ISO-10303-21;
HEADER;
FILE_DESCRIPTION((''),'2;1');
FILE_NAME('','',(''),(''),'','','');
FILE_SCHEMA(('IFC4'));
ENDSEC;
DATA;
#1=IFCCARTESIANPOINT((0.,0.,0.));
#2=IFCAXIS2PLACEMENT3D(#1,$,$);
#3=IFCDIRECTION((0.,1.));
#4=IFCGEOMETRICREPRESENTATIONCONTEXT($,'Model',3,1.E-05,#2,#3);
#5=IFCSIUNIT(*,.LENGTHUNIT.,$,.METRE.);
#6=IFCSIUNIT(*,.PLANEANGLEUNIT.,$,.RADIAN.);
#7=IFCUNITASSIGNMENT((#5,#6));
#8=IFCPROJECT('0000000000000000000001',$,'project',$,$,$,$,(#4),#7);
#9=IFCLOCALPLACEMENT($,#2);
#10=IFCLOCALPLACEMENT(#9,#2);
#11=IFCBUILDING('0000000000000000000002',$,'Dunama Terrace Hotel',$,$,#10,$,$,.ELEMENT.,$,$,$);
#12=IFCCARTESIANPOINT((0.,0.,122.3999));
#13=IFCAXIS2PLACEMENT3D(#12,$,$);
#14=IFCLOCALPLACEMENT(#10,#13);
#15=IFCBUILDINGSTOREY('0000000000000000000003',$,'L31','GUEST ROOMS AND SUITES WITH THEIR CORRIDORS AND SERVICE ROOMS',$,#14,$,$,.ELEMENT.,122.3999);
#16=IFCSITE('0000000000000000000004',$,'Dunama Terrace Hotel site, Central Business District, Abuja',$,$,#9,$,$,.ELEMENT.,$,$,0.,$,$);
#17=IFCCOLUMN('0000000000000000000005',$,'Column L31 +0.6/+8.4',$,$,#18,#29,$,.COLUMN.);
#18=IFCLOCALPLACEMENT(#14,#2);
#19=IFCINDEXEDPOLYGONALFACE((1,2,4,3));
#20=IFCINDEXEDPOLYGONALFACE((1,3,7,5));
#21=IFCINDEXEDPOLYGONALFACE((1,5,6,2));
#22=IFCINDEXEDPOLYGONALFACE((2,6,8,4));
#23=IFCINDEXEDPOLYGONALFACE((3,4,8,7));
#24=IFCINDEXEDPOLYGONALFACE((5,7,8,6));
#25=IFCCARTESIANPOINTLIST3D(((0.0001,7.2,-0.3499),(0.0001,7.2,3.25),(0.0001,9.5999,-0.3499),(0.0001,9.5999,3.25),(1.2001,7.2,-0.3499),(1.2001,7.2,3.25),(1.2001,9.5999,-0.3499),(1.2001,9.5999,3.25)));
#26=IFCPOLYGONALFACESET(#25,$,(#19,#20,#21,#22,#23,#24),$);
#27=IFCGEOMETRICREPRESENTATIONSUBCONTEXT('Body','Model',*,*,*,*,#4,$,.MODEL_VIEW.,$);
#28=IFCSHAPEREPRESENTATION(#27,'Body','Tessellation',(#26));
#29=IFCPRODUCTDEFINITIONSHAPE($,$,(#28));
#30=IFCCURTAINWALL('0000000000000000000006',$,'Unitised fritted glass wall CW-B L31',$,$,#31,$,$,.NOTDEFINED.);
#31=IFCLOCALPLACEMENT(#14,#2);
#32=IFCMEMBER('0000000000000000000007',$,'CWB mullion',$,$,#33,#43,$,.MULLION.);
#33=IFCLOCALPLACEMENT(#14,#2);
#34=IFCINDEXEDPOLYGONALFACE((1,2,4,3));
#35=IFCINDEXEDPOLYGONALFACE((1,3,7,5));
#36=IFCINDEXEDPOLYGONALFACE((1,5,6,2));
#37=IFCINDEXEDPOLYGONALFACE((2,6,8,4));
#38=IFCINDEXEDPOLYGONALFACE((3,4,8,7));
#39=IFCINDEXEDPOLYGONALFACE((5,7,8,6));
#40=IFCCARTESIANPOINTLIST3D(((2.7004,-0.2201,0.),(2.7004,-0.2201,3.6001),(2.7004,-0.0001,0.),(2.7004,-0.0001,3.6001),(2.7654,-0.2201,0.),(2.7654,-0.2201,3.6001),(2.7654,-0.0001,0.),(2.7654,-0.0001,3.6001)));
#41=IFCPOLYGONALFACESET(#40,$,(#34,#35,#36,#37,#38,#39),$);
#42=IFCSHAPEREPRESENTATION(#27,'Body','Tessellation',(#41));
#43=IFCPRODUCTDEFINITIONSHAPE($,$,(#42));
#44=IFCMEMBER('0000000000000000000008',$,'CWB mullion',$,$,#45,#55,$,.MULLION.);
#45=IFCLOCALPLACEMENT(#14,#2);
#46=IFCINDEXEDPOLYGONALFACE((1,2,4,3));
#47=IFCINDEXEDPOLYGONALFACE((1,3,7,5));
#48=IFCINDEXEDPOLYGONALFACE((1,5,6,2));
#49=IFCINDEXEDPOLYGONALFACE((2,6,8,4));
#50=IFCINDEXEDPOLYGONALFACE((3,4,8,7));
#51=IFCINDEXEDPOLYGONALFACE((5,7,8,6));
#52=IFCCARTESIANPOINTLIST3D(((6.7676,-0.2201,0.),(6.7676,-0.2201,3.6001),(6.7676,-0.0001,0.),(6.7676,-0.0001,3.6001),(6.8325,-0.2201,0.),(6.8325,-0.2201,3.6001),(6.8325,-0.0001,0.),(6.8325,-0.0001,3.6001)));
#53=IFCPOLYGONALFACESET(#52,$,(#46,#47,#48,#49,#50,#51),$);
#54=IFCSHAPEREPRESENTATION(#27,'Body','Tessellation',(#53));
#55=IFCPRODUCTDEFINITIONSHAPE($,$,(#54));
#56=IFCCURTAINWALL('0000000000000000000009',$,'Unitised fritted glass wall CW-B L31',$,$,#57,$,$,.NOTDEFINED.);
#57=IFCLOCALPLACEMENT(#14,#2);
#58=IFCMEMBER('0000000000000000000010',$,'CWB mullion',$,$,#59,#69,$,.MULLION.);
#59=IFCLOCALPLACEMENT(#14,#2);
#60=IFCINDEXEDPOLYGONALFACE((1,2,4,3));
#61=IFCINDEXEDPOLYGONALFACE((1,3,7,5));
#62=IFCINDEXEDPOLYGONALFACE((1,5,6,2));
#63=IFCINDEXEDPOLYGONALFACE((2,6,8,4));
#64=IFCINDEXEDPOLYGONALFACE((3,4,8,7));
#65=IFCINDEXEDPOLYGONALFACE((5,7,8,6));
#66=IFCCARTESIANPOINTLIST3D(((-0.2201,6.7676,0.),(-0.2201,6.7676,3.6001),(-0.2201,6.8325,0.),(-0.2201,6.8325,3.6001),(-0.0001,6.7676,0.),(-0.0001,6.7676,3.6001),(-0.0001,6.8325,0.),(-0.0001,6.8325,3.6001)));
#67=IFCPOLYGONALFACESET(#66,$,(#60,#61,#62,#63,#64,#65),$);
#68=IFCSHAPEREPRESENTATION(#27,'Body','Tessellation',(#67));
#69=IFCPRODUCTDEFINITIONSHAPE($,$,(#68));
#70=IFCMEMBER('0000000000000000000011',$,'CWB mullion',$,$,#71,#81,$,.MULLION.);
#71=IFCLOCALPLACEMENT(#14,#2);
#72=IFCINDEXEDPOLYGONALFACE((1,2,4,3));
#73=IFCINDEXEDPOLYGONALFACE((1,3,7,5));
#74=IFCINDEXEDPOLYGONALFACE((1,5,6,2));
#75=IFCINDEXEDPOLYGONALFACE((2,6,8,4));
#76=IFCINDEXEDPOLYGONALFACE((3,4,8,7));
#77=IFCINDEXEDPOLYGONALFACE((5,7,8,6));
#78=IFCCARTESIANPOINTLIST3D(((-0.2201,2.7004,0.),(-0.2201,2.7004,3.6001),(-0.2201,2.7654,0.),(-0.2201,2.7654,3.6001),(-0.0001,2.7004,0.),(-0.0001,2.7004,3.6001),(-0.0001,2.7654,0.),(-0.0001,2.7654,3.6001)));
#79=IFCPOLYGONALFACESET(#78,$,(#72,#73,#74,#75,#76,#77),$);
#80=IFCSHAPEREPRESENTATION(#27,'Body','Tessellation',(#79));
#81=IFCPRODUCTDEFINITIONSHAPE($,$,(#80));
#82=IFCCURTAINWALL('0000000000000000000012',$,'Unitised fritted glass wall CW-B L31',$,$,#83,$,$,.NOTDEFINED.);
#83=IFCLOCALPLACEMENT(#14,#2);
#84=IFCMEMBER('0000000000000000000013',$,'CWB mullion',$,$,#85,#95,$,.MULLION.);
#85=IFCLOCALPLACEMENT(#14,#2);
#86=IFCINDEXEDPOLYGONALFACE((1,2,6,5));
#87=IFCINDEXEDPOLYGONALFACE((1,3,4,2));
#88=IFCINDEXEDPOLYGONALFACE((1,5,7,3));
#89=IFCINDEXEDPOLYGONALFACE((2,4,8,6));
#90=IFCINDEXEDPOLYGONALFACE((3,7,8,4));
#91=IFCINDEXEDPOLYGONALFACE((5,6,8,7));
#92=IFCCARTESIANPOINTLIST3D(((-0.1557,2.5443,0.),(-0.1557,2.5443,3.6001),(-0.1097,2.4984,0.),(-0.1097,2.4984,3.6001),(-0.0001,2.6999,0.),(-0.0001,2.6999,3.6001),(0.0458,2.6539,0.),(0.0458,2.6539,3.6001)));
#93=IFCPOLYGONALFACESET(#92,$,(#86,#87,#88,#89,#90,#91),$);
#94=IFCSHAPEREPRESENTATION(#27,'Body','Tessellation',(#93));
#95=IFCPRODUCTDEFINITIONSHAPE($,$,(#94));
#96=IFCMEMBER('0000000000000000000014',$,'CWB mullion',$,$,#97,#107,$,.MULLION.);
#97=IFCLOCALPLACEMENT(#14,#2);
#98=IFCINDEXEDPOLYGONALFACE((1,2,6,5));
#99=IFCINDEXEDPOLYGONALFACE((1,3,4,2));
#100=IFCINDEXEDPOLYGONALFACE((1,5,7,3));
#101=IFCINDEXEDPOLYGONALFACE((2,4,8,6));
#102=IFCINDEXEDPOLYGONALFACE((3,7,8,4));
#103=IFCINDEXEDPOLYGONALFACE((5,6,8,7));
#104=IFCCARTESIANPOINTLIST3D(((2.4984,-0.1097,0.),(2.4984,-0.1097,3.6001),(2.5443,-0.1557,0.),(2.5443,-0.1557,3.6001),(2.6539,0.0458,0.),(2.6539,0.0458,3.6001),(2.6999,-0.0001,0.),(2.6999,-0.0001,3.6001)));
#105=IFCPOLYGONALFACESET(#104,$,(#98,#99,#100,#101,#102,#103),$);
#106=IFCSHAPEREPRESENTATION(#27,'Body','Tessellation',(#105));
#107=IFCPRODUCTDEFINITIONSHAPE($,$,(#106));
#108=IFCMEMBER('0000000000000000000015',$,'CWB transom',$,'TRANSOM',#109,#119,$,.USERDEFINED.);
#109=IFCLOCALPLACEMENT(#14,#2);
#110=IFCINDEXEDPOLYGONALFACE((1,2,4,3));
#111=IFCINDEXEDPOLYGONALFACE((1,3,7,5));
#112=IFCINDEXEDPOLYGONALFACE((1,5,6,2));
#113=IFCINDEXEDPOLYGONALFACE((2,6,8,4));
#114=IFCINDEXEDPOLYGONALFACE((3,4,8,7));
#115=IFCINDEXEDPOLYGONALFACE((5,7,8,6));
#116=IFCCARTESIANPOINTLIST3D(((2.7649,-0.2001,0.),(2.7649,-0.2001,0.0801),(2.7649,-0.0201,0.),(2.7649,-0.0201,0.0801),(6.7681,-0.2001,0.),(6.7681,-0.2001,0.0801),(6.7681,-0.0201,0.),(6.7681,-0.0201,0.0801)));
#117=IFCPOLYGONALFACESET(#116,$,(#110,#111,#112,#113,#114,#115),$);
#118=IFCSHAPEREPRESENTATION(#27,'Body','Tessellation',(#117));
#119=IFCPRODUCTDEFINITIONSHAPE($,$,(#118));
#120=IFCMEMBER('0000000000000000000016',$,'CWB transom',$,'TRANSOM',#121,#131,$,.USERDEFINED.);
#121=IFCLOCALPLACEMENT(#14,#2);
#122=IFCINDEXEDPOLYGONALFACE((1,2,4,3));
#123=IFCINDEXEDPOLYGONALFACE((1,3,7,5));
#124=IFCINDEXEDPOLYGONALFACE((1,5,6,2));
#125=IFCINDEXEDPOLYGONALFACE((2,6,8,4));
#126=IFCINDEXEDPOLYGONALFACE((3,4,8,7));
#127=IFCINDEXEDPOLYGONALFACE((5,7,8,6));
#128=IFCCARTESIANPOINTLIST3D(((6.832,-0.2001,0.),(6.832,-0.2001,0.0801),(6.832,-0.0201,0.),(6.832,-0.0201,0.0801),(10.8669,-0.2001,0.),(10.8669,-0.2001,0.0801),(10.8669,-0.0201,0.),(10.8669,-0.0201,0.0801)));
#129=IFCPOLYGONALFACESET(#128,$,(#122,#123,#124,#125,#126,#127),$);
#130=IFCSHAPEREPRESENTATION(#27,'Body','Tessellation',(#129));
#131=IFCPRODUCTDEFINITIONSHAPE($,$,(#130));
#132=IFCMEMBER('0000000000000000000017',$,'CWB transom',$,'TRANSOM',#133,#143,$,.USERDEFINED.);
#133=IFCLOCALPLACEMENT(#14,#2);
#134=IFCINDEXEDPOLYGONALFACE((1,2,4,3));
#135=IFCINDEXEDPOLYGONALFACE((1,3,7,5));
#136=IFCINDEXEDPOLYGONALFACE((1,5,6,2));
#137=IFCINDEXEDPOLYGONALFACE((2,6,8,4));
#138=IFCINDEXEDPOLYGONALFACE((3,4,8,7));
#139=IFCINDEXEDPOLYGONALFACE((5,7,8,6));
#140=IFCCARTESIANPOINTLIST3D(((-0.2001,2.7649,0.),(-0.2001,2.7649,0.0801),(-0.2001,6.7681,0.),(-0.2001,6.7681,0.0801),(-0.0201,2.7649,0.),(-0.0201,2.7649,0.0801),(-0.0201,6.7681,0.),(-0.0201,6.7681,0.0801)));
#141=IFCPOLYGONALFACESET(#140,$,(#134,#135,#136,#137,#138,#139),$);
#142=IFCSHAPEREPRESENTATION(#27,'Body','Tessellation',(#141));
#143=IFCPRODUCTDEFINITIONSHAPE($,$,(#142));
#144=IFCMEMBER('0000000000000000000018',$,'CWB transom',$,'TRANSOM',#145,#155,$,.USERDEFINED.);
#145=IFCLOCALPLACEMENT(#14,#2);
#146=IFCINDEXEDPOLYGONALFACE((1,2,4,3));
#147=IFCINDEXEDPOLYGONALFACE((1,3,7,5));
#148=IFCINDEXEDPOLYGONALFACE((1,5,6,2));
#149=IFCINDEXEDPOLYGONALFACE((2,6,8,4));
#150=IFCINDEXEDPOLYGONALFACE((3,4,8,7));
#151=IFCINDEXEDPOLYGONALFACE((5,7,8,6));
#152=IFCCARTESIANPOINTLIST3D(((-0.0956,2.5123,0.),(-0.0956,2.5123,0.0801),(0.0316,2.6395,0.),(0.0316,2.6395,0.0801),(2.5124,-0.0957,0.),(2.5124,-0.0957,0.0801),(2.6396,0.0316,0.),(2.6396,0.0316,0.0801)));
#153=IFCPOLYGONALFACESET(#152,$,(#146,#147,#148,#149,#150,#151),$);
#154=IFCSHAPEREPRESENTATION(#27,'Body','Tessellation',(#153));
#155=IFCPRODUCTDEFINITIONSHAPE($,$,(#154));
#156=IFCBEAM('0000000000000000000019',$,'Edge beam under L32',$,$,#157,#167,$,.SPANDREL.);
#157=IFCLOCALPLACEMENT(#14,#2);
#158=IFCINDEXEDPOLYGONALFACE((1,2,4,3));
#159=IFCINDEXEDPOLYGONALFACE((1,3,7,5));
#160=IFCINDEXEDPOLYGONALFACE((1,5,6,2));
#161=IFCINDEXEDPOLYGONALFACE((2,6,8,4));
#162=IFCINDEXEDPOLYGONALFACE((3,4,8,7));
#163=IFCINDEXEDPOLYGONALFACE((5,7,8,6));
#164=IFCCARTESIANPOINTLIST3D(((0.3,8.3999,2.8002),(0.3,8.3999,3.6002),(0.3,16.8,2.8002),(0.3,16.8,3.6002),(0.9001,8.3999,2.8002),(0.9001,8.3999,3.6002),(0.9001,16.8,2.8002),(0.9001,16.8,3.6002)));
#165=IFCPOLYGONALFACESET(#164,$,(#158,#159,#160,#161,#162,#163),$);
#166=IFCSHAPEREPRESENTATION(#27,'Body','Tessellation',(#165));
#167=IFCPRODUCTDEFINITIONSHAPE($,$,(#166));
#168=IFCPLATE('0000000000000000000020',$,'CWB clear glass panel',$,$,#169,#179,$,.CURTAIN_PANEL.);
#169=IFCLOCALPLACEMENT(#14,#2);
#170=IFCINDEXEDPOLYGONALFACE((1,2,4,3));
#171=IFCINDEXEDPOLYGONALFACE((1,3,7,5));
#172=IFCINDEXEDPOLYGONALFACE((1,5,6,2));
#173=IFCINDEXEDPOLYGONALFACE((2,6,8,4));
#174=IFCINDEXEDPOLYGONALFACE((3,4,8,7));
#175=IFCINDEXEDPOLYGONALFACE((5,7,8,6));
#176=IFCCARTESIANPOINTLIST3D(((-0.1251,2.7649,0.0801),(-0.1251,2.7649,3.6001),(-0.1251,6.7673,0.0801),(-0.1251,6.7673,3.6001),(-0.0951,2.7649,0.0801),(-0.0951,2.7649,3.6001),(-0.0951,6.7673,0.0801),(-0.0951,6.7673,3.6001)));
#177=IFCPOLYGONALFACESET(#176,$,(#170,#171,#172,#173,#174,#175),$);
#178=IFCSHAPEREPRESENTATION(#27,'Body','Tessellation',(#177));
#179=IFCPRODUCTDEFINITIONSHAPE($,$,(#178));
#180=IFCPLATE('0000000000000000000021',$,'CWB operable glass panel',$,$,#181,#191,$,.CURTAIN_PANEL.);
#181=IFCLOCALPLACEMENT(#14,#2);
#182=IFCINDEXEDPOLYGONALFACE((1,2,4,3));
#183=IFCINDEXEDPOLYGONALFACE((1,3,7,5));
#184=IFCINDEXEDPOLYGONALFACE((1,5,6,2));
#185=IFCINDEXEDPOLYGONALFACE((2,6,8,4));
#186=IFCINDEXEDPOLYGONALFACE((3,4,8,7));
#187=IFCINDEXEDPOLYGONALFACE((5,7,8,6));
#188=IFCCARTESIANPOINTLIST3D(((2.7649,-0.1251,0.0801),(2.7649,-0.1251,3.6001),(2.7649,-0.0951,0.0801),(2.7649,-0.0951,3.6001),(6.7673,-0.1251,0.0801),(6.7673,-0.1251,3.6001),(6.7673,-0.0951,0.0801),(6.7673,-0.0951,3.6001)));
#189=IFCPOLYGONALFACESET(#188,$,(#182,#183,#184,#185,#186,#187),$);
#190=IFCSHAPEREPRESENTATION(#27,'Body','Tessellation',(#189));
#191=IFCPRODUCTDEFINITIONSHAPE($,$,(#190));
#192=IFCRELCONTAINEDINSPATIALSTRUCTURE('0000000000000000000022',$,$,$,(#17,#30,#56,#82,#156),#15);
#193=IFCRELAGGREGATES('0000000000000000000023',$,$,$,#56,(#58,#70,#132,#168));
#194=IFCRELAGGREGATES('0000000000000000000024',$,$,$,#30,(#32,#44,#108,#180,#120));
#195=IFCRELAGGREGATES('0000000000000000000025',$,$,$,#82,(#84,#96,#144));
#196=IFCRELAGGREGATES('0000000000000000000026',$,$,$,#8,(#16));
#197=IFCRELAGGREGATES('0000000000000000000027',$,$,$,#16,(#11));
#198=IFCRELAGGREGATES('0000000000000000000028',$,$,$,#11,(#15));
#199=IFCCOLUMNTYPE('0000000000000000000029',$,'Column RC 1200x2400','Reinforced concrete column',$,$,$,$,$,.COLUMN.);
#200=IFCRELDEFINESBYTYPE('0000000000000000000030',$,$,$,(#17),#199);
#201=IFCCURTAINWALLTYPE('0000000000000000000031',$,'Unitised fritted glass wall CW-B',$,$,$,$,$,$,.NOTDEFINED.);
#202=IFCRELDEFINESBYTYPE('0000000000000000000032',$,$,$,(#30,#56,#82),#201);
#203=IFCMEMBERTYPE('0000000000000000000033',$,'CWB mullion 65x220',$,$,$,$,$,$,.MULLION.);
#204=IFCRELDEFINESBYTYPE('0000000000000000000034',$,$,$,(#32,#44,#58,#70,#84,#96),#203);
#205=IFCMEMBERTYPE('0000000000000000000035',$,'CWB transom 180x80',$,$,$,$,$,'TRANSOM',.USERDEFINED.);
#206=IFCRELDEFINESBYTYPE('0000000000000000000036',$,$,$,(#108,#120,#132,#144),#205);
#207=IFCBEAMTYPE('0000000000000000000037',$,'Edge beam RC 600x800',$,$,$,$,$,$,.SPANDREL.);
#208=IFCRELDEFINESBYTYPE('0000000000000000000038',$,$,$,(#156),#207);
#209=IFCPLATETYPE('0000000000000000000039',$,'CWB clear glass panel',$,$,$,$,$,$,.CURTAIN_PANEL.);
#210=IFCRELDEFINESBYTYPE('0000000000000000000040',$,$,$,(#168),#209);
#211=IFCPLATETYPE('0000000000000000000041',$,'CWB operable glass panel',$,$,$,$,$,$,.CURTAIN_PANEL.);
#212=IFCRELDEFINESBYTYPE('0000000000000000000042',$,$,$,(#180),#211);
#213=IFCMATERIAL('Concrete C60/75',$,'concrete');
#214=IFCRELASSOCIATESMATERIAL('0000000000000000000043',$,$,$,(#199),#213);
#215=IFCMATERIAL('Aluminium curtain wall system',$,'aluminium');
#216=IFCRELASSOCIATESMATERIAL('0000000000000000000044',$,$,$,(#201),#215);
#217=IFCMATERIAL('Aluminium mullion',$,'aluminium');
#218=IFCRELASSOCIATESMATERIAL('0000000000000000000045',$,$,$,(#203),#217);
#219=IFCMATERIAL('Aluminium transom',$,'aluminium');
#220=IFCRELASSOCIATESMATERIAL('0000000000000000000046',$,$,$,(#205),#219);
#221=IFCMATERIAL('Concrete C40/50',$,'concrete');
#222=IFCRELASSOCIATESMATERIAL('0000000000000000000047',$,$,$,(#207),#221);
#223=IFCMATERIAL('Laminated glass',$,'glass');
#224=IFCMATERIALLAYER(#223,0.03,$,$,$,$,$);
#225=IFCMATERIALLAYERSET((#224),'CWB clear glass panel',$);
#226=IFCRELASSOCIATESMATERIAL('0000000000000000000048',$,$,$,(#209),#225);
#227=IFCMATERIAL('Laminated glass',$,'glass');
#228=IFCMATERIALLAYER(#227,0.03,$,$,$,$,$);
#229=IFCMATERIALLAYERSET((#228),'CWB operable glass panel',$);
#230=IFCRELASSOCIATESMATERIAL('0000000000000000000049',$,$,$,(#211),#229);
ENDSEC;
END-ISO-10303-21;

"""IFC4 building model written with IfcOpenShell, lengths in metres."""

from ifc_helpers import new_model, si_unit, direction, frame, origin, origin_2d, place, context, subcontext, project, spatial, rectangle, extrude, material, layer, layer_set, material_profile, profile_set, type_object, element, aggregate, save


model = new_model("IFC4")

# Units and contexts
model_context = context("Model", 3, precision=1e-05, world=origin(), true_north=direction((0.0, 1.0)))
body_context = subcontext(model_context, "Body", "Model", "MODEL_VIEW")
ifc_project = project(units=[si_unit("LENGTHUNIT", "METRE"), si_unit("PLANEANGLEUNIT", "RADIAN")], contexts=[model_context])

# Site, building, storey
site_placement = place(None, origin())
site = spatial("IfcSite", under=ifc_project, at=site_placement, Name="Dunama Terrace Hotel site, Central Business District, Abuja", CompositionType="ELEMENT", RefElevation=0.0)
building_placement = place(site_placement, origin())
building = spatial("IfcBuilding", under=site, at=building_placement, Name="Dunama Terrace Hotel", CompositionType="ELEMENT")
storey_placement = place(building_placement, frame((0.0, 0.0, 122.3999)))
storey = spatial("IfcBuildingStorey", under=building, at=storey_placement, Name="L31", Description="GUEST ROOMS AND SUITES WITH THEIR CORRIDORS AND SERVICE ROOMS", CompositionType="ELEMENT", Elevation=122.3999)

# Column
ifc_material_1 = material(Name="Concrete C60/75", Category="concrete")
ifc_material_profile_1 = material_profile(ifc_material_1, rectangle(XDim=1.2, YDim=2.3999, at=origin_2d()), Name="RC 1200x2400")
ifc_profile_set_1 = profile_set([ifc_material_profile_1], Name="Concrete C60/75")
column_type = type_object("IfcColumnType", Name="Column RC 1200x2400", Description="Reinforced concrete column", PredefinedType="COLUMN", material=ifc_profile_set_1)
column_placement = place(storey_placement, frame((0.6001, 8.3999, -0.3499), z_axis=(0.0, 0.0, 1.0), x_axis=(1.0, 0.0, 0.0)))
element("IfcColumn", 1, at=column_placement, inside=storey, type_object=column_type, Name="Column L31 +0.6/+8.4", PredefinedType="COLUMN", context=body_context, shape_type="SweptSolid", body=[
    extrude(rectangle(XDim=1.2, YDim=2.3999, at=origin_2d()), origin(), (0.0, 0.0, 1.0), 3.5999),
])

# Curtain walls, members
ifc_material_2 = material(Name="Aluminium curtain wall system", Category="aluminium")
curtain_wall_type = type_object("IfcCurtainWallType", Name="Unitised fritted glass wall CW-B", PredefinedType="NOTDEFINED", material=ifc_material_2)
curtain_wall_1_placement = place(storey_placement, origin())
curtain_wall_1 = element("IfcCurtainWall", 2, at=curtain_wall_1_placement, inside=storey, type_object=curtain_wall_type, Name="Unitised fritted glass wall CW-B L31", PredefinedType="NOTDEFINED")
ifc_material_3 = material(Name="Aluminium mullion", Category="aluminium")
ifc_material_profile_2 = material_profile(ifc_material_3, rectangle(XDim=0.0649, YDim=0.22, at=origin_2d()), Name="CWB MULLION 65X220")
ifc_profile_set_2 = profile_set([ifc_material_profile_2], Name="Aluminium mullion")
member_type_1 = type_object("IfcMemberType", Name="CWB mullion 65x220", PredefinedType="MULLION", material=ifc_profile_set_2)
member_1_placement = place(storey_placement, frame((2.7329, -0.1101, 0.0), z_axis=(0.0, 0.0, 1.0), x_axis=(1.0, 0.0, 0.0)))
member_1 = element("IfcMember", 3, at=member_1_placement, type_object=member_type_1, Name="CWB mullion", PredefinedType="MULLION", context=body_context, shape_type="SweptSolid", body=[
    extrude(rectangle(XDim=0.0649, YDim=0.22, at=origin_2d()), origin(), (0.0, 0.0, 1.0), 3.6001),
])
member_2_placement = place(storey_placement, frame((6.8, -0.1101, 0.0), z_axis=(0.0, 0.0, 1.0), x_axis=(1.0, 0.0, 0.0)))
member_2 = element("IfcMember", 4, at=member_2_placement, type_object=member_type_1, Name="CWB mullion", PredefinedType="MULLION", context=body_context, shape_type="SweptSolid", body=[
    extrude(rectangle(XDim=0.0649, YDim=0.22, at=origin_2d()), origin(), (0.0, 0.0, 1.0), 3.6001),
])
curtain_wall_2_placement = place(storey_placement, origin())
curtain_wall_2 = element("IfcCurtainWall", 5, at=curtain_wall_2_placement, inside=storey, type_object=curtain_wall_type, Name="Unitised fritted glass wall CW-B L31", PredefinedType="NOTDEFINED")
member_3_placement = place(storey_placement, frame((-0.1101, 6.8, 0.0), z_axis=(0.0, 0.0, 1.0), x_axis=(0.0, -1.0, 0.0)))
member_3 = element("IfcMember", 6, at=member_3_placement, type_object=member_type_1, Name="CWB mullion", PredefinedType="MULLION", context=body_context, shape_type="SweptSolid", body=[
    extrude(rectangle(XDim=0.0649, YDim=0.22, at=origin_2d()), origin(), (0.0, 0.0, 1.0), 3.6001),
])
member_4_placement = place(storey_placement, frame((-0.1101, 2.7329, 0.0), z_axis=(0.0, 0.0, 1.0), x_axis=(0.0, -1.0, 0.0)))
member_4 = element("IfcMember", 7, at=member_4_placement, type_object=member_type_1, Name="CWB mullion", PredefinedType="MULLION", context=body_context, shape_type="SweptSolid", body=[
    extrude(rectangle(XDim=0.0649, YDim=0.22, at=origin_2d()), origin(), (0.0, 0.0, 1.0), 3.6001),
])
curtain_wall_3_placement = place(storey_placement, origin())
curtain_wall_3 = element("IfcCurtainWall", 8, at=curtain_wall_3_placement, inside=storey, type_object=curtain_wall_type, Name="Unitised fritted glass wall CW-B L31", PredefinedType="NOTDEFINED")
member_5_placement = place(storey_placement, frame((-0.0549, 2.5991, 0.0), z_axis=(0.0, 0.0, 1.0), x_axis=(0.707107, -0.707107, 0.0)))
member_5 = element("IfcMember", 9, at=member_5_placement, type_object=member_type_1, Name="CWB mullion", PredefinedType="MULLION", context=body_context, shape_type="SweptSolid", body=[
    extrude(rectangle(XDim=0.0649, YDim=0.22, at=origin_2d()), origin(), (0.0, 0.0, 1.0), 3.6001),
])
member_6_placement = place(storey_placement, frame((2.5991, -0.0549, 0.0), z_axis=(0.0, 0.0, 1.0), x_axis=(0.707107, -0.707107, 0.0)))
member_6 = element("IfcMember", 10, at=member_6_placement, type_object=member_type_1, Name="CWB mullion", PredefinedType="MULLION", context=body_context, shape_type="SweptSolid", body=[
    extrude(rectangle(XDim=0.0649, YDim=0.22, at=origin_2d()), origin(), (0.0, 0.0, 1.0), 3.6001),
])

# Members
ifc_material_4 = material(Name="Aluminium transom", Category="aluminium")
ifc_material_profile_3 = material_profile(ifc_material_4, rectangle(XDim=0.1799, YDim=0.0801, at=origin_2d()), Name="CWB TRANSOM 180X80")
ifc_profile_set_3 = profile_set([ifc_material_profile_3], Name="Aluminium transom")
member_type_2 = type_object("IfcMemberType", Name="CWB transom 180x80", ElementType="TRANSOM", PredefinedType="USERDEFINED", material=ifc_profile_set_3)
member_7_placement = place(storey_placement, frame((2.7649, -0.1101, 0.04), z_axis=(1.0, 0.0, 0.0), x_axis=(0.0, 1.0, 0.0)))
member_7 = element("IfcMember", 11, at=member_7_placement, type_object=member_type_2, Name="CWB transom", ObjectType="TRANSOM", PredefinedType="USERDEFINED", context=body_context, shape_type="SweptSolid", body=[
    extrude(rectangle(XDim=0.1799, YDim=0.0801, at=origin_2d()), origin(), (0.0, 0.0, 1.0), 4.0032),
])
member_8_placement = place(storey_placement, frame((6.832, -0.1101, 0.04), z_axis=(1.0, 0.0, 0.0), x_axis=(0.0, 1.0, 0.0)))
member_8 = element("IfcMember", 12, at=member_8_placement, type_object=member_type_2, Name="CWB transom", ObjectType="TRANSOM", PredefinedType="USERDEFINED", context=body_context, shape_type="SweptSolid", body=[
    extrude(rectangle(XDim=0.1799, YDim=0.0801, at=origin_2d()), origin(), (0.0, 0.0, 1.0), 4.0349),
])
member_9_placement = place(storey_placement, frame((-0.1101, 6.7681, 0.04), z_axis=(0.0, -1.0, 0.0), x_axis=(1.0, 0.0, 0.0)))
member_9 = element("IfcMember", 13, at=member_9_placement, type_object=member_type_2, Name="CWB transom", ObjectType="TRANSOM", PredefinedType="USERDEFINED", context=body_context, shape_type="SweptSolid", body=[
    extrude(rectangle(XDim=0.1799, YDim=0.0801, at=origin_2d()), origin(), (0.0, 0.0, 1.0), 4.0032),
])
member_10_placement = place(storey_placement, frame((-0.032, 2.5759, 0.04), z_axis=(0.707107, -0.707107, 0.0), x_axis=(0.707107, 0.707107, 0.0)))
member_10 = element("IfcMember", 14, at=member_10_placement, type_object=member_type_2, Name="CWB transom", ObjectType="TRANSOM", PredefinedType="USERDEFINED", context=body_context, shape_type="SweptSolid", body=[
    extrude(rectangle(XDim=0.1799, YDim=0.0801, at=origin_2d()), origin(), (0.0, 0.0, 1.0), 3.6882),
])

# Beam
ifc_material_5 = material(Name="Concrete C40/50", Category="concrete")
ifc_material_profile_4 = material_profile(ifc_material_5, rectangle(XDim=0.6001, YDim=0.8, at=origin_2d()), Name="RC 600x800")
ifc_profile_set_4 = profile_set([ifc_material_profile_4], Name="Concrete C40/50")
beam_type = type_object("IfcBeamType", Name="Edge beam RC 600x800", PredefinedType="SPANDREL", material=ifc_profile_set_4)
beam_placement = place(storey_placement, frame((0.6001, 8.3999, 3.2002), z_axis=(0.0, 1.0, 0.0), x_axis=(-1.0, 0.0, 0.0)))
element("IfcBeam", 15, at=beam_placement, inside=storey, type_object=beam_type, Name="Edge beam under L32", PredefinedType="SPANDREL", context=body_context, shape_type="SweptSolid", body=[
    extrude(rectangle(XDim=0.6001, YDim=0.8, at=origin_2d()), origin(), (0.0, 0.0, 1.0), 8.4001),
])

# Plates
ifc_material_6 = material(Name="Laminated glass", Category="glass")
ifc_layer_1 = layer(ifc_material_6, 0.03)
ifc_layer_set_1 = layer_set([ifc_layer_1], Name="CWB clear glass panel")
plate_type_1 = type_object("IfcPlateType", Name="CWB clear glass panel", PredefinedType="CURTAIN_PANEL", material=ifc_layer_set_1)
plate_1_placement = place(storey_placement, frame((-0.1101, 4.7661, 0.0801), z_axis=(0.0, 0.0, 1.0), x_axis=(0.0, -1.0, 0.0)))
plate_1 = element("IfcPlate", 16, at=plate_1_placement, type_object=plate_type_1, Name="CWB clear glass panel", PredefinedType="CURTAIN_PANEL", context=body_context, shape_type="SweptSolid", body=[
    extrude(rectangle(XDim=4.0024, YDim=0.03, at=origin_2d()), origin(), (0.0, 0.0, 1.0), 3.52),
])
aggregate(curtain_wall_2, [member_3, member_4, member_9, plate_1])
ifc_material_7 = material(Name="Laminated glass", Category="glass")
ifc_layer_2 = layer(ifc_material_7, 0.03)
ifc_layer_set_2 = layer_set([ifc_layer_2], Name="CWB operable glass panel")
plate_type_2 = type_object("IfcPlateType", Name="CWB operable glass panel", PredefinedType="CURTAIN_PANEL", material=ifc_layer_set_2)
plate_2_placement = place(storey_placement, frame((4.7661, -0.1101, 0.0801), z_axis=(0.0, 0.0, 1.0), x_axis=(1.0, 0.0, 0.0)))
plate_2 = element("IfcPlate", 17, at=plate_2_placement, type_object=plate_type_2, Name="CWB operable glass panel", PredefinedType="CURTAIN_PANEL", context=body_context, shape_type="SweptSolid", body=[
    extrude(rectangle(XDim=4.0024, YDim=0.03, at=origin_2d()), origin(), (0.0, 0.0, 1.0), 3.52),
])
aggregate(curtain_wall_1, [member_1, member_2, member_7, plate_2, member_8])
aggregate(curtain_wall_3, [member_5, member_6, member_10])

save(model, "model.ifc")
